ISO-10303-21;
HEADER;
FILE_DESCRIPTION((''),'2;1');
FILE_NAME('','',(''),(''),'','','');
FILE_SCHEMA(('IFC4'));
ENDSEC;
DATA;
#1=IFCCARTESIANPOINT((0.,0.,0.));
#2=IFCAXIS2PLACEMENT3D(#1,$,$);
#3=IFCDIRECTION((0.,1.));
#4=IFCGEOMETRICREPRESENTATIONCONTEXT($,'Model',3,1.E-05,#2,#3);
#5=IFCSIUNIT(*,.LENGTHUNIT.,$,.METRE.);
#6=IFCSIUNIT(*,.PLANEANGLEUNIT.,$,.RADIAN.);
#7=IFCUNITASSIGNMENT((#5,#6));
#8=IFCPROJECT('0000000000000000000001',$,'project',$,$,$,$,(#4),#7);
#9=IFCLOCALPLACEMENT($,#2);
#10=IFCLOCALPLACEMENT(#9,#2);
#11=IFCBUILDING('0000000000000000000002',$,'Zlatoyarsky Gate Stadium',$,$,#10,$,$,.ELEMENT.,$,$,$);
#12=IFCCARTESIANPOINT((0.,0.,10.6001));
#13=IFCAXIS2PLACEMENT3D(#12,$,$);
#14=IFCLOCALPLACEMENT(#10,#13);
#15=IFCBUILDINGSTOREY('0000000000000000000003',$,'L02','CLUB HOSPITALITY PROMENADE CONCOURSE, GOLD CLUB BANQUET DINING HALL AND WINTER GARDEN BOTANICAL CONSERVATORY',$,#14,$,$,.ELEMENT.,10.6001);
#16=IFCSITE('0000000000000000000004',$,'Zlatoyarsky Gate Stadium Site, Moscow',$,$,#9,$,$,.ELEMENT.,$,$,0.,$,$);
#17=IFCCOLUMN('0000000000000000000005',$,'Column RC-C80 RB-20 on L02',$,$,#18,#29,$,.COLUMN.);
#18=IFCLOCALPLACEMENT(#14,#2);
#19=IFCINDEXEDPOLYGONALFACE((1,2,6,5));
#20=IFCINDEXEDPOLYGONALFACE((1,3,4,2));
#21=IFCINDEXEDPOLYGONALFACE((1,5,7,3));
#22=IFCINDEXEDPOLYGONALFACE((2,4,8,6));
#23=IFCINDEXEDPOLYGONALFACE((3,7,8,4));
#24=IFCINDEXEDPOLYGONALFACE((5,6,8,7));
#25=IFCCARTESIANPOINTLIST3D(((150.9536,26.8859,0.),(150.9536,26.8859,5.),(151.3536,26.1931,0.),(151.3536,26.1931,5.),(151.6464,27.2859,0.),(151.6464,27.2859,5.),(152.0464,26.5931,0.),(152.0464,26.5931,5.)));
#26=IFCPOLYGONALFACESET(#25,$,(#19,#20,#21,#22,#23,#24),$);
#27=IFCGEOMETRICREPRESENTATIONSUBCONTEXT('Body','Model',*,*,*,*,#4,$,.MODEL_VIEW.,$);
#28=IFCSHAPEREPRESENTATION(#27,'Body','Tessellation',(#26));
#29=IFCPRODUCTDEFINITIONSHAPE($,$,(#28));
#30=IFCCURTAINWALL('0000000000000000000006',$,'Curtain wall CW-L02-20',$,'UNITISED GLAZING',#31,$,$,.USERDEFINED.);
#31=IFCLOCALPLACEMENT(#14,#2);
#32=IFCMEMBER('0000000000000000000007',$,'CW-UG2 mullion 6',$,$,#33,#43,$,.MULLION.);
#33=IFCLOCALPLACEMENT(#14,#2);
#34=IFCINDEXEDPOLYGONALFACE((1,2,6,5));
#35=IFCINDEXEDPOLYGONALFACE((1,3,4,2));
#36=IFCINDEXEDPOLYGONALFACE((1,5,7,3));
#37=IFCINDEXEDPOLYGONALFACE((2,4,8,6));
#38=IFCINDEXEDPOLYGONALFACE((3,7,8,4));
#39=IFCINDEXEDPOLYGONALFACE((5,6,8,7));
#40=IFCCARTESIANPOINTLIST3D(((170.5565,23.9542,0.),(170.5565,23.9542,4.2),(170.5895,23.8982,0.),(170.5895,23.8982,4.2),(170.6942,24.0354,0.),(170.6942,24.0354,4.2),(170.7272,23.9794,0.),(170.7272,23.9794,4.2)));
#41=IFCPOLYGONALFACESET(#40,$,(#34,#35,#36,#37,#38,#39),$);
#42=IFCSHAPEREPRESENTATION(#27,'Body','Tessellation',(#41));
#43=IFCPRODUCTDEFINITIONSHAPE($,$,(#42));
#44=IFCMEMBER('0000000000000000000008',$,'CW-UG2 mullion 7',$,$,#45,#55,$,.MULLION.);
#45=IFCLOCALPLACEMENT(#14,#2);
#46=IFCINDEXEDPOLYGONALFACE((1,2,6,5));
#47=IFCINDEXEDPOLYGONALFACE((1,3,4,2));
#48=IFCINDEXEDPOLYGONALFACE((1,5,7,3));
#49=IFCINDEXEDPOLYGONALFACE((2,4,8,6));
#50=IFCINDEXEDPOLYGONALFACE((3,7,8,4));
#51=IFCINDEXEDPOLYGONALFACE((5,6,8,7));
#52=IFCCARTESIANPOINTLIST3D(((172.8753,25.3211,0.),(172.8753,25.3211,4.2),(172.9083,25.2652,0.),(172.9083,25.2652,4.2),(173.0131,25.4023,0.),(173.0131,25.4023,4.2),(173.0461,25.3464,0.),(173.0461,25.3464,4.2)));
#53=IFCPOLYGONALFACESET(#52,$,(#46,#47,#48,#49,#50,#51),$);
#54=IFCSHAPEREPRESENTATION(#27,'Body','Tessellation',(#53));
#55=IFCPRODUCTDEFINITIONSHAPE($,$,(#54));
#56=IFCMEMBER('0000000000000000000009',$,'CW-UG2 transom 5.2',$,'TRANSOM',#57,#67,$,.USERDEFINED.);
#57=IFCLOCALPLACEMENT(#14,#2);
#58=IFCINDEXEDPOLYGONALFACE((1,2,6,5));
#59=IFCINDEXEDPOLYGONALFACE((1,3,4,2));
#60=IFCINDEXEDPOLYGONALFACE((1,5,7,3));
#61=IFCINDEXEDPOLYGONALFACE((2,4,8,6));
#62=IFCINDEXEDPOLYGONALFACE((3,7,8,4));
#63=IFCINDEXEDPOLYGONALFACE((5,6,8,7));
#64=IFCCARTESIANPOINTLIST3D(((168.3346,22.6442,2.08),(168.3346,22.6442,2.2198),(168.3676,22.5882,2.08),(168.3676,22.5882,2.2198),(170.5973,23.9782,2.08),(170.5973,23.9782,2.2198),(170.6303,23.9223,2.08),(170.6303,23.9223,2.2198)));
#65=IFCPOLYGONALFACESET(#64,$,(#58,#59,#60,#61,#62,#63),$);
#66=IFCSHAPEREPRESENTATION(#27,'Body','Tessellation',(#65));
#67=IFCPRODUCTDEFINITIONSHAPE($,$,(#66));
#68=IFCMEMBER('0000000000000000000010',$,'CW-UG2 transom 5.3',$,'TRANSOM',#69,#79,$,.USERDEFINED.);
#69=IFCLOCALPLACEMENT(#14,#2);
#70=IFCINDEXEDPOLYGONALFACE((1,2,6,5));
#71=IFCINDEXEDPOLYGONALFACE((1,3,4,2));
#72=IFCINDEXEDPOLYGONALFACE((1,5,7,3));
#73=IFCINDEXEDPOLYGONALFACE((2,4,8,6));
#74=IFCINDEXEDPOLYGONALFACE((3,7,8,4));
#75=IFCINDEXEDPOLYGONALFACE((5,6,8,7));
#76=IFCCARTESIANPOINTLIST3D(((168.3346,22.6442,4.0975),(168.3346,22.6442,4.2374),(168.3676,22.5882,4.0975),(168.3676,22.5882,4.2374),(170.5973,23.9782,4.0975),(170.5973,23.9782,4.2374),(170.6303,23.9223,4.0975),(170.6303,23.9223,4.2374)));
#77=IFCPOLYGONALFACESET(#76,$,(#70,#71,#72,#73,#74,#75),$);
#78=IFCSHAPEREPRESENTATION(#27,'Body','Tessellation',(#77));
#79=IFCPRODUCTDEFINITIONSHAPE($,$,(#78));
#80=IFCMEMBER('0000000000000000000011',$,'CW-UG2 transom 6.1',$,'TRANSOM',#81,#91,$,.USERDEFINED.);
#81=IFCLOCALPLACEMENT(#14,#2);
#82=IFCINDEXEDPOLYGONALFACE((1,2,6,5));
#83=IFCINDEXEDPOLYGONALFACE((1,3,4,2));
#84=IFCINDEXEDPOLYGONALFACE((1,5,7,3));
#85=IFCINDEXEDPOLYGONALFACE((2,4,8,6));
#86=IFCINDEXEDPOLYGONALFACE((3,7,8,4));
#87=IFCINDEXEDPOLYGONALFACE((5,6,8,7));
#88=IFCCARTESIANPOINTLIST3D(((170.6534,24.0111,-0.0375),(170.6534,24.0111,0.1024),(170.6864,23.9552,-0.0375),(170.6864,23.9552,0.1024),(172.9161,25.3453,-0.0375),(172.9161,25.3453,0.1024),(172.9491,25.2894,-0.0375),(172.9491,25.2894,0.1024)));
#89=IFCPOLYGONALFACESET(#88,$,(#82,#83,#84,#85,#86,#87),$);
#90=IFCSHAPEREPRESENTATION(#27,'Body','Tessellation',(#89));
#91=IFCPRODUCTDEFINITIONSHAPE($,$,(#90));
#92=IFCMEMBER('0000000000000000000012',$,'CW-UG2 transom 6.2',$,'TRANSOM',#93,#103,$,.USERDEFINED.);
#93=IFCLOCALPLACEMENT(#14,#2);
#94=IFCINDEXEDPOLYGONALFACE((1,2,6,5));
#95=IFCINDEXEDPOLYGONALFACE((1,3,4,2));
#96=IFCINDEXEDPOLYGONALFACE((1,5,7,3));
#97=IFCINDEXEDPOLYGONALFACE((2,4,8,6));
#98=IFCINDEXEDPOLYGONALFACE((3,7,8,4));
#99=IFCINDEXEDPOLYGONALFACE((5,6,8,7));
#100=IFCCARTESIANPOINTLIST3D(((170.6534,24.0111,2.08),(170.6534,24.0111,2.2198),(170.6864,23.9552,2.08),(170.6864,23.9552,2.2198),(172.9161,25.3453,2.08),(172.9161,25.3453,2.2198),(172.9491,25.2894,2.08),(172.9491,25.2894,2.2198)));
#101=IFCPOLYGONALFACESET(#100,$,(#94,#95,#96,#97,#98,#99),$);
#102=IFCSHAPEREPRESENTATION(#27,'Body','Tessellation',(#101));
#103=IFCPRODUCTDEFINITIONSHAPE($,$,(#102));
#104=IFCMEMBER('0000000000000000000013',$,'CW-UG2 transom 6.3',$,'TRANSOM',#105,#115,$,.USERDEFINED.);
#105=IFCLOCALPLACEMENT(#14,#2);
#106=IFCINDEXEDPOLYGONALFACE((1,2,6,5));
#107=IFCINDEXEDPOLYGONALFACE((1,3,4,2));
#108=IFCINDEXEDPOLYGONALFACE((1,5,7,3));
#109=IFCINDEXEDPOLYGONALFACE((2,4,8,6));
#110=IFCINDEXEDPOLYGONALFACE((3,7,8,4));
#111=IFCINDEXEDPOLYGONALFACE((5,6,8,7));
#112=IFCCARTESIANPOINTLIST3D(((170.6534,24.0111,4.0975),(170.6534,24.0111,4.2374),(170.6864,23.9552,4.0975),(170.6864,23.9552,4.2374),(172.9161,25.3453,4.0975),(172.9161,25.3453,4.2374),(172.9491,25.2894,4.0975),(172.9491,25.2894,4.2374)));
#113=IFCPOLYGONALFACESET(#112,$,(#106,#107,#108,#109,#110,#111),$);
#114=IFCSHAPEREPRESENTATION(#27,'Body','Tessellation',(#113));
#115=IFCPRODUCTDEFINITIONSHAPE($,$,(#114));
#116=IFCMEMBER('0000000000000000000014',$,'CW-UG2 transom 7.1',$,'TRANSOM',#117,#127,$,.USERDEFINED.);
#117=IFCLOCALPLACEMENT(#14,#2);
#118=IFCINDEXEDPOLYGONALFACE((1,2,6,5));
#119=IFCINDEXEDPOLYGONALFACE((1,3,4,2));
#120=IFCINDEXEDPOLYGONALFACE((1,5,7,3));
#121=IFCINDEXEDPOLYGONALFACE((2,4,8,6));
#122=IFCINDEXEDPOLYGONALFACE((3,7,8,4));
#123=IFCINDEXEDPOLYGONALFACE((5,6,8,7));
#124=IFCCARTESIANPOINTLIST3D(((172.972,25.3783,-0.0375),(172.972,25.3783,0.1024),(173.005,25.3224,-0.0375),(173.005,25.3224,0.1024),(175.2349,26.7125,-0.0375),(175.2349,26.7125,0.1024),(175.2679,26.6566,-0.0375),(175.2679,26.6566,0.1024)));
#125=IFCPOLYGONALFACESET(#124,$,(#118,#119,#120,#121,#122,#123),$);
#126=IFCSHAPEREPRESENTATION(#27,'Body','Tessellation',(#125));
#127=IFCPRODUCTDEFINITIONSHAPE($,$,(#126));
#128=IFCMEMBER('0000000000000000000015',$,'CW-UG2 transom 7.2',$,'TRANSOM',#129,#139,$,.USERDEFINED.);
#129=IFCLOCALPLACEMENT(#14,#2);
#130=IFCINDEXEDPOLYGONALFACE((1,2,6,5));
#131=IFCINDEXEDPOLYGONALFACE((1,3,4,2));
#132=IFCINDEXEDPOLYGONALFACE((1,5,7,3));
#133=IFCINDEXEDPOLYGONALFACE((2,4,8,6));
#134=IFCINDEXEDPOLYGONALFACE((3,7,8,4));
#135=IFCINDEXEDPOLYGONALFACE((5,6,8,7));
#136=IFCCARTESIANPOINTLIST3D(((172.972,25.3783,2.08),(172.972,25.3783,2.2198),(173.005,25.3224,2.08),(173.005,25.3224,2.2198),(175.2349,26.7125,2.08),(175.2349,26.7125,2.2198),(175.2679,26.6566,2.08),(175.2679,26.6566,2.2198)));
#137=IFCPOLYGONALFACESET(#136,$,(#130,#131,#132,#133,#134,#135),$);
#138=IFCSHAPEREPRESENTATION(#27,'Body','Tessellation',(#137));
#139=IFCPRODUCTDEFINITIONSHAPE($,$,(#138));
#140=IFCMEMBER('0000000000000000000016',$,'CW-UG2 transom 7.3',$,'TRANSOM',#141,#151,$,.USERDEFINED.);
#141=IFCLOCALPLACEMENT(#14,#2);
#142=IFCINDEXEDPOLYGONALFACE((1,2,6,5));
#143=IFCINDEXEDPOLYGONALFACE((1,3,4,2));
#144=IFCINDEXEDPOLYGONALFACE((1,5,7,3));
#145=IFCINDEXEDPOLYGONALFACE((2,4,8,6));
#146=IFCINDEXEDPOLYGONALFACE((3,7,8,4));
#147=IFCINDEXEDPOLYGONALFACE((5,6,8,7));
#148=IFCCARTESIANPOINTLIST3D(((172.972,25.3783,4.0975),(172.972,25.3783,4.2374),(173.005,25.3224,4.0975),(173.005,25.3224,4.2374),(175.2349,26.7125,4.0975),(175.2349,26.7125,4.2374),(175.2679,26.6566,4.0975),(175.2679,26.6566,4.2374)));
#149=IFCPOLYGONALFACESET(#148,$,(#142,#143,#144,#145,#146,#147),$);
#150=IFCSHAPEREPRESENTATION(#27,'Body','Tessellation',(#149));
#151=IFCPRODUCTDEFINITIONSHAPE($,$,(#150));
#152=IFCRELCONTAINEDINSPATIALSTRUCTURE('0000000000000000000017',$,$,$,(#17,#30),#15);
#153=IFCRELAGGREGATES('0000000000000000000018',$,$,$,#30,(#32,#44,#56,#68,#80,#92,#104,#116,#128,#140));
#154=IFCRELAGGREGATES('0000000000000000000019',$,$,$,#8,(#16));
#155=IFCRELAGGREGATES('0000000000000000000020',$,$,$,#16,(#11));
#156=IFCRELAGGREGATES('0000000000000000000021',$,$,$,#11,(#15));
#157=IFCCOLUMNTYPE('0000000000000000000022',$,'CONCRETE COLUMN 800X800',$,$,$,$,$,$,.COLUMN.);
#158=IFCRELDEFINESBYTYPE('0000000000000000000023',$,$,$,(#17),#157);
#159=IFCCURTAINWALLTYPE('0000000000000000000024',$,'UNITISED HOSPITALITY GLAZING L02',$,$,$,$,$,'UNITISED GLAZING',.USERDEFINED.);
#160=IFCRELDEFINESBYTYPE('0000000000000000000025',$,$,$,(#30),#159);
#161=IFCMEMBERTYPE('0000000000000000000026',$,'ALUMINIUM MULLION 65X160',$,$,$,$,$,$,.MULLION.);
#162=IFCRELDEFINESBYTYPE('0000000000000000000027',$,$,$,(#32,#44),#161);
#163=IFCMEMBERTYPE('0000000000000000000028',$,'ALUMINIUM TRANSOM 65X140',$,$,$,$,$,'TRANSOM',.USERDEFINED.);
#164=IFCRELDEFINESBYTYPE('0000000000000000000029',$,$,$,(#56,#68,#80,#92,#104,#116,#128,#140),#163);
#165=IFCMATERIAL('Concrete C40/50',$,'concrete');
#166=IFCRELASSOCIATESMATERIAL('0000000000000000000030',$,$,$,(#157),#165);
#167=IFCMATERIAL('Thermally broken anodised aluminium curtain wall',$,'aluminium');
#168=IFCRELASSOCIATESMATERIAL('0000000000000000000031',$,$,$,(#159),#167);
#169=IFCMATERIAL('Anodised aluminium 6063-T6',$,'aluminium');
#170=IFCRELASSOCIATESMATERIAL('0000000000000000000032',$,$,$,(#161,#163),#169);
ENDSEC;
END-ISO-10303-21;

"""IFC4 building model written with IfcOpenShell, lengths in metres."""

from ifc_helpers import new_model, si_unit, direction, frame, origin, origin_2d, place, context, subcontext, project, spatial, rectangle, extrude, material, material_profile, profile_set, type_object, element, aggregate, save


model = new_model("IFC4")

# Units and contexts
model_context = context("Model", 3, precision=1e-05, world=origin(), true_north=direction((0.0, 1.0)))
body_context = subcontext(model_context, "Body", "Model", "MODEL_VIEW")
ifc_project = project(units=[si_unit("LENGTHUNIT", "METRE"), si_unit("PLANEANGLEUNIT", "RADIAN")], contexts=[model_context])

# Site, building, storey
site_placement = place(None, origin())
site = spatial("IfcSite", under=ifc_project, at=site_placement, Name="Zlatoyarsky Gate Stadium Site, Moscow", CompositionType="ELEMENT", RefElevation=0.0)
building_placement = place(site_placement, origin())
building = spatial("IfcBuilding", under=site, at=building_placement, Name="Zlatoyarsky Gate Stadium", CompositionType="ELEMENT")
storey_placement = place(building_placement, frame((0.0, 0.0, 10.6001)))
storey = spatial("IfcBuildingStorey", under=building, at=storey_placement, Name="L02", Description="CLUB HOSPITALITY PROMENADE CONCOURSE, GOLD CLUB BANQUET DINING HALL AND WINTER GARDEN BOTANICAL CONSERVATORY", CompositionType="ELEMENT", Elevation=10.6001)

# Column
ifc_material_1 = material(Name="Concrete C40/50", Category="concrete")
ifc_material_profile_1 = material_profile(ifc_material_1, rectangle(XDim=0.8, YDim=0.8, at=origin_2d()), Name="RC COL 800X800")
ifc_profile_set_1 = profile_set([ifc_material_profile_1], Name="Concrete C40/50")
column_type = type_object("IfcColumnType", Name="CONCRETE COLUMN 800X800", PredefinedType="COLUMN", material=ifc_profile_set_1)
column_placement = place(storey_placement, frame((151.5, 26.7395, 0.0), z_axis=(0.0, 0.0, 1.0), x_axis=(0.5, -0.866025, 0.0)))
element("IfcColumn", 1, at=column_placement, inside=storey, type_object=column_type, Name="Column RC-C80 RB-20 on L02", PredefinedType="COLUMN", context=body_context, shape_type="SweptSolid", body=[
    extrude(rectangle(XDim=0.8, YDim=0.8, at=origin_2d()), origin(), (0.0, 0.0, 1.0), 5.0),
])

# Curtain wall, members
ifc_material_2 = material(Name="Thermally broken anodised aluminium curtain wall", Category="aluminium")
curtain_wall_type = type_object("IfcCurtainWallType", Name="UNITISED HOSPITALITY GLAZING L02", ElementType="UNITISED GLAZING", PredefinedType="USERDEFINED", material=ifc_material_2)
curtain_wall_placement = place(storey_placement, origin())
curtain_wall = element("IfcCurtainWall", 2, at=curtain_wall_placement, inside=storey, type_object=curtain_wall_type, Name="Curtain wall CW-L02-20", ObjectType="UNITISED GLAZING", PredefinedType="USERDEFINED")
ifc_material_3 = material(Name="Anodised aluminium 6063-T6", Category="aluminium")
ifc_material_profile_2 = material_profile(ifc_material_3, rectangle(XDim=0.0649, YDim=0.1599, at=origin_2d()), Name="ALU 65X160")
ifc_profile_set_2 = profile_set([ifc_material_profile_2], Name="Anodised aluminium 6063-T6")
member_type_1 = type_object("IfcMemberType", Name="ALUMINIUM MULLION 65X160", PredefinedType="MULLION", material=ifc_profile_set_2)
member_1_placement = place(storey_placement, frame((170.6418, 23.9668, 0.0), z_axis=(0.0, 0.0, 1.0), x_axis=(-0.507884, 0.861425, 0.0)))
member_1 = element("IfcMember", 3, at=member_1_placement, type_object=member_type_1, Name="CW-UG2 mullion 6", PredefinedType="MULLION", context=body_context, shape_type="SweptSolid", body=[
    extrude(rectangle(XDim=0.0649, YDim=0.1599, at=origin_2d()), origin(), (0.0, 0.0, 1.0), 4.2),
])
member_2_placement = place(storey_placement, frame((172.9607, 25.3337, 0.0), z_axis=(0.0, 0.0, 1.0), x_axis=(-0.507884, 0.861425, 0.0)))
member_2 = element("IfcMember", 4, at=member_2_placement, type_object=member_type_1, Name="CW-UG2 mullion 7", PredefinedType="MULLION", context=body_context, shape_type="SweptSolid", body=[
    extrude(rectangle(XDim=0.0649, YDim=0.1599, at=origin_2d()), origin(), (0.0, 0.0, 1.0), 4.2),
])
ifc_material_profile_3 = material_profile(ifc_material_3, rectangle(XDim=0.0649, YDim=0.1399, at=origin_2d()), Name="ALU 65X140")
ifc_profile_set_3 = profile_set([ifc_material_profile_3], Name="Anodised aluminium 6063-T6")
member_type_2 = type_object("IfcMemberType", Name="ALUMINIUM TRANSOM 65X140", ElementType="TRANSOM", PredefinedType="USERDEFINED", material=ifc_profile_set_3)
member_3_placement = place(storey_placement, frame((168.3511, 22.6162, 2.1499), z_axis=(0.861437, 0.507865, 0.0), x_axis=(-0.507865, 0.861437, 0.0)))
member_3 = element("IfcMember", 5, at=member_3_placement, type_object=member_type_2, Name="CW-UG2 transom 5.2", ObjectType="TRANSOM", PredefinedType="USERDEFINED", context=body_context, shape_type="SweptSolid", body=[
    extrude(rectangle(XDim=0.0649, YDim=0.1399, at=origin_2d()), origin(), (0.0, 0.0, 1.0), 2.6267),
])
member_4_placement = place(storey_placement, frame((168.3511, 22.6162, 4.1675), z_axis=(0.861437, 0.507865, 0.0), x_axis=(-0.507865, 0.861437, 0.0)))
member_4 = element("IfcMember", 6, at=member_4_placement, type_object=member_type_2, Name="CW-UG2 transom 5.3", ObjectType="TRANSOM", PredefinedType="USERDEFINED", context=body_context, shape_type="SweptSolid", body=[
    extrude(rectangle(XDim=0.0649, YDim=0.1399, at=origin_2d()), origin(), (0.0, 0.0, 1.0), 2.6267),
])
member_5_placement = place(storey_placement, frame((170.6699, 23.9832, 0.0325), z_axis=(0.861396, 0.507934, 0.0), x_axis=(-0.507934, 0.861396, 0.0)))
member_5 = element("IfcMember", 7, at=member_5_placement, type_object=member_type_2, Name="CW-UG2 transom 6.1", ObjectType="TRANSOM", PredefinedType="USERDEFINED", context=body_context, shape_type="SweptSolid", body=[
    extrude(rectangle(XDim=0.0649, YDim=0.1399, at=origin_2d()), origin(), (0.0, 0.0, 1.0), 2.6267),
])
member_6_placement = place(storey_placement, frame((170.6699, 23.9832, 2.1499), z_axis=(0.861396, 0.507934, 0.0), x_axis=(-0.507934, 0.861396, 0.0)))
member_6 = element("IfcMember", 8, at=member_6_placement, type_object=member_type_2, Name="CW-UG2 transom 6.2", ObjectType="TRANSOM", PredefinedType="USERDEFINED", context=body_context, shape_type="SweptSolid", body=[
    extrude(rectangle(XDim=0.0649, YDim=0.1399, at=origin_2d()), origin(), (0.0, 0.0, 1.0), 2.6267),
])
member_7_placement = place(storey_placement, frame((170.6699, 23.9832, 4.1675), z_axis=(0.861396, 0.507934, 0.0), x_axis=(-0.507934, 0.861396, 0.0)))
member_7 = element("IfcMember", 9, at=member_7_placement, type_object=member_type_2, Name="CW-UG2 transom 6.3", ObjectType="TRANSOM", PredefinedType="USERDEFINED", context=body_context, shape_type="SweptSolid", body=[
    extrude(rectangle(XDim=0.0649, YDim=0.1399, at=origin_2d()), origin(), (0.0, 0.0, 1.0), 2.6267),
])
member_8_placement = place(storey_placement, frame((172.9885, 25.3503, 0.0325), z_axis=(0.86142, 0.507893, 0.0), x_axis=(-0.507893, 0.86142, 0.0)))
member_8 = element("IfcMember", 10, at=member_8_placement, type_object=member_type_2, Name="CW-UG2 transom 7.1", ObjectType="TRANSOM", PredefinedType="USERDEFINED", context=body_context, shape_type="SweptSolid", body=[
    extrude(rectangle(XDim=0.0649, YDim=0.1399, at=origin_2d()), origin(), (0.0, 0.0, 1.0), 2.627),
])
member_9_placement = place(storey_placement, frame((172.9885, 25.3503, 2.1499), z_axis=(0.86142, 0.507893, 0.0), x_axis=(-0.507893, 0.86142, 0.0)))
member_9 = element("IfcMember", 11, at=member_9_placement, type_object=member_type_2, Name="CW-UG2 transom 7.2", ObjectType="TRANSOM", PredefinedType="USERDEFINED", context=body_context, shape_type="SweptSolid", body=[
    extrude(rectangle(XDim=0.0649, YDim=0.1399, at=origin_2d()), origin(), (0.0, 0.0, 1.0), 2.627),
])
member_10_placement = place(storey_placement, frame((172.9885, 25.3503, 4.1675), z_axis=(0.86142, 0.507893, 0.0), x_axis=(-0.507893, 0.86142, 0.0)))
member_10 = element("IfcMember", 12, at=member_10_placement, type_object=member_type_2, Name="CW-UG2 transom 7.3", ObjectType="TRANSOM", PredefinedType="USERDEFINED", context=body_context, shape_type="SweptSolid", body=[
    extrude(rectangle(XDim=0.0649, YDim=0.1399, at=origin_2d()), origin(), (0.0, 0.0, 1.0), 2.627),
])

aggregate(curtain_wall, [member_1, member_2, member_3, member_4, member_5, member_6, member_7, member_8, member_9, member_10])

save(model, "model.ifc")
